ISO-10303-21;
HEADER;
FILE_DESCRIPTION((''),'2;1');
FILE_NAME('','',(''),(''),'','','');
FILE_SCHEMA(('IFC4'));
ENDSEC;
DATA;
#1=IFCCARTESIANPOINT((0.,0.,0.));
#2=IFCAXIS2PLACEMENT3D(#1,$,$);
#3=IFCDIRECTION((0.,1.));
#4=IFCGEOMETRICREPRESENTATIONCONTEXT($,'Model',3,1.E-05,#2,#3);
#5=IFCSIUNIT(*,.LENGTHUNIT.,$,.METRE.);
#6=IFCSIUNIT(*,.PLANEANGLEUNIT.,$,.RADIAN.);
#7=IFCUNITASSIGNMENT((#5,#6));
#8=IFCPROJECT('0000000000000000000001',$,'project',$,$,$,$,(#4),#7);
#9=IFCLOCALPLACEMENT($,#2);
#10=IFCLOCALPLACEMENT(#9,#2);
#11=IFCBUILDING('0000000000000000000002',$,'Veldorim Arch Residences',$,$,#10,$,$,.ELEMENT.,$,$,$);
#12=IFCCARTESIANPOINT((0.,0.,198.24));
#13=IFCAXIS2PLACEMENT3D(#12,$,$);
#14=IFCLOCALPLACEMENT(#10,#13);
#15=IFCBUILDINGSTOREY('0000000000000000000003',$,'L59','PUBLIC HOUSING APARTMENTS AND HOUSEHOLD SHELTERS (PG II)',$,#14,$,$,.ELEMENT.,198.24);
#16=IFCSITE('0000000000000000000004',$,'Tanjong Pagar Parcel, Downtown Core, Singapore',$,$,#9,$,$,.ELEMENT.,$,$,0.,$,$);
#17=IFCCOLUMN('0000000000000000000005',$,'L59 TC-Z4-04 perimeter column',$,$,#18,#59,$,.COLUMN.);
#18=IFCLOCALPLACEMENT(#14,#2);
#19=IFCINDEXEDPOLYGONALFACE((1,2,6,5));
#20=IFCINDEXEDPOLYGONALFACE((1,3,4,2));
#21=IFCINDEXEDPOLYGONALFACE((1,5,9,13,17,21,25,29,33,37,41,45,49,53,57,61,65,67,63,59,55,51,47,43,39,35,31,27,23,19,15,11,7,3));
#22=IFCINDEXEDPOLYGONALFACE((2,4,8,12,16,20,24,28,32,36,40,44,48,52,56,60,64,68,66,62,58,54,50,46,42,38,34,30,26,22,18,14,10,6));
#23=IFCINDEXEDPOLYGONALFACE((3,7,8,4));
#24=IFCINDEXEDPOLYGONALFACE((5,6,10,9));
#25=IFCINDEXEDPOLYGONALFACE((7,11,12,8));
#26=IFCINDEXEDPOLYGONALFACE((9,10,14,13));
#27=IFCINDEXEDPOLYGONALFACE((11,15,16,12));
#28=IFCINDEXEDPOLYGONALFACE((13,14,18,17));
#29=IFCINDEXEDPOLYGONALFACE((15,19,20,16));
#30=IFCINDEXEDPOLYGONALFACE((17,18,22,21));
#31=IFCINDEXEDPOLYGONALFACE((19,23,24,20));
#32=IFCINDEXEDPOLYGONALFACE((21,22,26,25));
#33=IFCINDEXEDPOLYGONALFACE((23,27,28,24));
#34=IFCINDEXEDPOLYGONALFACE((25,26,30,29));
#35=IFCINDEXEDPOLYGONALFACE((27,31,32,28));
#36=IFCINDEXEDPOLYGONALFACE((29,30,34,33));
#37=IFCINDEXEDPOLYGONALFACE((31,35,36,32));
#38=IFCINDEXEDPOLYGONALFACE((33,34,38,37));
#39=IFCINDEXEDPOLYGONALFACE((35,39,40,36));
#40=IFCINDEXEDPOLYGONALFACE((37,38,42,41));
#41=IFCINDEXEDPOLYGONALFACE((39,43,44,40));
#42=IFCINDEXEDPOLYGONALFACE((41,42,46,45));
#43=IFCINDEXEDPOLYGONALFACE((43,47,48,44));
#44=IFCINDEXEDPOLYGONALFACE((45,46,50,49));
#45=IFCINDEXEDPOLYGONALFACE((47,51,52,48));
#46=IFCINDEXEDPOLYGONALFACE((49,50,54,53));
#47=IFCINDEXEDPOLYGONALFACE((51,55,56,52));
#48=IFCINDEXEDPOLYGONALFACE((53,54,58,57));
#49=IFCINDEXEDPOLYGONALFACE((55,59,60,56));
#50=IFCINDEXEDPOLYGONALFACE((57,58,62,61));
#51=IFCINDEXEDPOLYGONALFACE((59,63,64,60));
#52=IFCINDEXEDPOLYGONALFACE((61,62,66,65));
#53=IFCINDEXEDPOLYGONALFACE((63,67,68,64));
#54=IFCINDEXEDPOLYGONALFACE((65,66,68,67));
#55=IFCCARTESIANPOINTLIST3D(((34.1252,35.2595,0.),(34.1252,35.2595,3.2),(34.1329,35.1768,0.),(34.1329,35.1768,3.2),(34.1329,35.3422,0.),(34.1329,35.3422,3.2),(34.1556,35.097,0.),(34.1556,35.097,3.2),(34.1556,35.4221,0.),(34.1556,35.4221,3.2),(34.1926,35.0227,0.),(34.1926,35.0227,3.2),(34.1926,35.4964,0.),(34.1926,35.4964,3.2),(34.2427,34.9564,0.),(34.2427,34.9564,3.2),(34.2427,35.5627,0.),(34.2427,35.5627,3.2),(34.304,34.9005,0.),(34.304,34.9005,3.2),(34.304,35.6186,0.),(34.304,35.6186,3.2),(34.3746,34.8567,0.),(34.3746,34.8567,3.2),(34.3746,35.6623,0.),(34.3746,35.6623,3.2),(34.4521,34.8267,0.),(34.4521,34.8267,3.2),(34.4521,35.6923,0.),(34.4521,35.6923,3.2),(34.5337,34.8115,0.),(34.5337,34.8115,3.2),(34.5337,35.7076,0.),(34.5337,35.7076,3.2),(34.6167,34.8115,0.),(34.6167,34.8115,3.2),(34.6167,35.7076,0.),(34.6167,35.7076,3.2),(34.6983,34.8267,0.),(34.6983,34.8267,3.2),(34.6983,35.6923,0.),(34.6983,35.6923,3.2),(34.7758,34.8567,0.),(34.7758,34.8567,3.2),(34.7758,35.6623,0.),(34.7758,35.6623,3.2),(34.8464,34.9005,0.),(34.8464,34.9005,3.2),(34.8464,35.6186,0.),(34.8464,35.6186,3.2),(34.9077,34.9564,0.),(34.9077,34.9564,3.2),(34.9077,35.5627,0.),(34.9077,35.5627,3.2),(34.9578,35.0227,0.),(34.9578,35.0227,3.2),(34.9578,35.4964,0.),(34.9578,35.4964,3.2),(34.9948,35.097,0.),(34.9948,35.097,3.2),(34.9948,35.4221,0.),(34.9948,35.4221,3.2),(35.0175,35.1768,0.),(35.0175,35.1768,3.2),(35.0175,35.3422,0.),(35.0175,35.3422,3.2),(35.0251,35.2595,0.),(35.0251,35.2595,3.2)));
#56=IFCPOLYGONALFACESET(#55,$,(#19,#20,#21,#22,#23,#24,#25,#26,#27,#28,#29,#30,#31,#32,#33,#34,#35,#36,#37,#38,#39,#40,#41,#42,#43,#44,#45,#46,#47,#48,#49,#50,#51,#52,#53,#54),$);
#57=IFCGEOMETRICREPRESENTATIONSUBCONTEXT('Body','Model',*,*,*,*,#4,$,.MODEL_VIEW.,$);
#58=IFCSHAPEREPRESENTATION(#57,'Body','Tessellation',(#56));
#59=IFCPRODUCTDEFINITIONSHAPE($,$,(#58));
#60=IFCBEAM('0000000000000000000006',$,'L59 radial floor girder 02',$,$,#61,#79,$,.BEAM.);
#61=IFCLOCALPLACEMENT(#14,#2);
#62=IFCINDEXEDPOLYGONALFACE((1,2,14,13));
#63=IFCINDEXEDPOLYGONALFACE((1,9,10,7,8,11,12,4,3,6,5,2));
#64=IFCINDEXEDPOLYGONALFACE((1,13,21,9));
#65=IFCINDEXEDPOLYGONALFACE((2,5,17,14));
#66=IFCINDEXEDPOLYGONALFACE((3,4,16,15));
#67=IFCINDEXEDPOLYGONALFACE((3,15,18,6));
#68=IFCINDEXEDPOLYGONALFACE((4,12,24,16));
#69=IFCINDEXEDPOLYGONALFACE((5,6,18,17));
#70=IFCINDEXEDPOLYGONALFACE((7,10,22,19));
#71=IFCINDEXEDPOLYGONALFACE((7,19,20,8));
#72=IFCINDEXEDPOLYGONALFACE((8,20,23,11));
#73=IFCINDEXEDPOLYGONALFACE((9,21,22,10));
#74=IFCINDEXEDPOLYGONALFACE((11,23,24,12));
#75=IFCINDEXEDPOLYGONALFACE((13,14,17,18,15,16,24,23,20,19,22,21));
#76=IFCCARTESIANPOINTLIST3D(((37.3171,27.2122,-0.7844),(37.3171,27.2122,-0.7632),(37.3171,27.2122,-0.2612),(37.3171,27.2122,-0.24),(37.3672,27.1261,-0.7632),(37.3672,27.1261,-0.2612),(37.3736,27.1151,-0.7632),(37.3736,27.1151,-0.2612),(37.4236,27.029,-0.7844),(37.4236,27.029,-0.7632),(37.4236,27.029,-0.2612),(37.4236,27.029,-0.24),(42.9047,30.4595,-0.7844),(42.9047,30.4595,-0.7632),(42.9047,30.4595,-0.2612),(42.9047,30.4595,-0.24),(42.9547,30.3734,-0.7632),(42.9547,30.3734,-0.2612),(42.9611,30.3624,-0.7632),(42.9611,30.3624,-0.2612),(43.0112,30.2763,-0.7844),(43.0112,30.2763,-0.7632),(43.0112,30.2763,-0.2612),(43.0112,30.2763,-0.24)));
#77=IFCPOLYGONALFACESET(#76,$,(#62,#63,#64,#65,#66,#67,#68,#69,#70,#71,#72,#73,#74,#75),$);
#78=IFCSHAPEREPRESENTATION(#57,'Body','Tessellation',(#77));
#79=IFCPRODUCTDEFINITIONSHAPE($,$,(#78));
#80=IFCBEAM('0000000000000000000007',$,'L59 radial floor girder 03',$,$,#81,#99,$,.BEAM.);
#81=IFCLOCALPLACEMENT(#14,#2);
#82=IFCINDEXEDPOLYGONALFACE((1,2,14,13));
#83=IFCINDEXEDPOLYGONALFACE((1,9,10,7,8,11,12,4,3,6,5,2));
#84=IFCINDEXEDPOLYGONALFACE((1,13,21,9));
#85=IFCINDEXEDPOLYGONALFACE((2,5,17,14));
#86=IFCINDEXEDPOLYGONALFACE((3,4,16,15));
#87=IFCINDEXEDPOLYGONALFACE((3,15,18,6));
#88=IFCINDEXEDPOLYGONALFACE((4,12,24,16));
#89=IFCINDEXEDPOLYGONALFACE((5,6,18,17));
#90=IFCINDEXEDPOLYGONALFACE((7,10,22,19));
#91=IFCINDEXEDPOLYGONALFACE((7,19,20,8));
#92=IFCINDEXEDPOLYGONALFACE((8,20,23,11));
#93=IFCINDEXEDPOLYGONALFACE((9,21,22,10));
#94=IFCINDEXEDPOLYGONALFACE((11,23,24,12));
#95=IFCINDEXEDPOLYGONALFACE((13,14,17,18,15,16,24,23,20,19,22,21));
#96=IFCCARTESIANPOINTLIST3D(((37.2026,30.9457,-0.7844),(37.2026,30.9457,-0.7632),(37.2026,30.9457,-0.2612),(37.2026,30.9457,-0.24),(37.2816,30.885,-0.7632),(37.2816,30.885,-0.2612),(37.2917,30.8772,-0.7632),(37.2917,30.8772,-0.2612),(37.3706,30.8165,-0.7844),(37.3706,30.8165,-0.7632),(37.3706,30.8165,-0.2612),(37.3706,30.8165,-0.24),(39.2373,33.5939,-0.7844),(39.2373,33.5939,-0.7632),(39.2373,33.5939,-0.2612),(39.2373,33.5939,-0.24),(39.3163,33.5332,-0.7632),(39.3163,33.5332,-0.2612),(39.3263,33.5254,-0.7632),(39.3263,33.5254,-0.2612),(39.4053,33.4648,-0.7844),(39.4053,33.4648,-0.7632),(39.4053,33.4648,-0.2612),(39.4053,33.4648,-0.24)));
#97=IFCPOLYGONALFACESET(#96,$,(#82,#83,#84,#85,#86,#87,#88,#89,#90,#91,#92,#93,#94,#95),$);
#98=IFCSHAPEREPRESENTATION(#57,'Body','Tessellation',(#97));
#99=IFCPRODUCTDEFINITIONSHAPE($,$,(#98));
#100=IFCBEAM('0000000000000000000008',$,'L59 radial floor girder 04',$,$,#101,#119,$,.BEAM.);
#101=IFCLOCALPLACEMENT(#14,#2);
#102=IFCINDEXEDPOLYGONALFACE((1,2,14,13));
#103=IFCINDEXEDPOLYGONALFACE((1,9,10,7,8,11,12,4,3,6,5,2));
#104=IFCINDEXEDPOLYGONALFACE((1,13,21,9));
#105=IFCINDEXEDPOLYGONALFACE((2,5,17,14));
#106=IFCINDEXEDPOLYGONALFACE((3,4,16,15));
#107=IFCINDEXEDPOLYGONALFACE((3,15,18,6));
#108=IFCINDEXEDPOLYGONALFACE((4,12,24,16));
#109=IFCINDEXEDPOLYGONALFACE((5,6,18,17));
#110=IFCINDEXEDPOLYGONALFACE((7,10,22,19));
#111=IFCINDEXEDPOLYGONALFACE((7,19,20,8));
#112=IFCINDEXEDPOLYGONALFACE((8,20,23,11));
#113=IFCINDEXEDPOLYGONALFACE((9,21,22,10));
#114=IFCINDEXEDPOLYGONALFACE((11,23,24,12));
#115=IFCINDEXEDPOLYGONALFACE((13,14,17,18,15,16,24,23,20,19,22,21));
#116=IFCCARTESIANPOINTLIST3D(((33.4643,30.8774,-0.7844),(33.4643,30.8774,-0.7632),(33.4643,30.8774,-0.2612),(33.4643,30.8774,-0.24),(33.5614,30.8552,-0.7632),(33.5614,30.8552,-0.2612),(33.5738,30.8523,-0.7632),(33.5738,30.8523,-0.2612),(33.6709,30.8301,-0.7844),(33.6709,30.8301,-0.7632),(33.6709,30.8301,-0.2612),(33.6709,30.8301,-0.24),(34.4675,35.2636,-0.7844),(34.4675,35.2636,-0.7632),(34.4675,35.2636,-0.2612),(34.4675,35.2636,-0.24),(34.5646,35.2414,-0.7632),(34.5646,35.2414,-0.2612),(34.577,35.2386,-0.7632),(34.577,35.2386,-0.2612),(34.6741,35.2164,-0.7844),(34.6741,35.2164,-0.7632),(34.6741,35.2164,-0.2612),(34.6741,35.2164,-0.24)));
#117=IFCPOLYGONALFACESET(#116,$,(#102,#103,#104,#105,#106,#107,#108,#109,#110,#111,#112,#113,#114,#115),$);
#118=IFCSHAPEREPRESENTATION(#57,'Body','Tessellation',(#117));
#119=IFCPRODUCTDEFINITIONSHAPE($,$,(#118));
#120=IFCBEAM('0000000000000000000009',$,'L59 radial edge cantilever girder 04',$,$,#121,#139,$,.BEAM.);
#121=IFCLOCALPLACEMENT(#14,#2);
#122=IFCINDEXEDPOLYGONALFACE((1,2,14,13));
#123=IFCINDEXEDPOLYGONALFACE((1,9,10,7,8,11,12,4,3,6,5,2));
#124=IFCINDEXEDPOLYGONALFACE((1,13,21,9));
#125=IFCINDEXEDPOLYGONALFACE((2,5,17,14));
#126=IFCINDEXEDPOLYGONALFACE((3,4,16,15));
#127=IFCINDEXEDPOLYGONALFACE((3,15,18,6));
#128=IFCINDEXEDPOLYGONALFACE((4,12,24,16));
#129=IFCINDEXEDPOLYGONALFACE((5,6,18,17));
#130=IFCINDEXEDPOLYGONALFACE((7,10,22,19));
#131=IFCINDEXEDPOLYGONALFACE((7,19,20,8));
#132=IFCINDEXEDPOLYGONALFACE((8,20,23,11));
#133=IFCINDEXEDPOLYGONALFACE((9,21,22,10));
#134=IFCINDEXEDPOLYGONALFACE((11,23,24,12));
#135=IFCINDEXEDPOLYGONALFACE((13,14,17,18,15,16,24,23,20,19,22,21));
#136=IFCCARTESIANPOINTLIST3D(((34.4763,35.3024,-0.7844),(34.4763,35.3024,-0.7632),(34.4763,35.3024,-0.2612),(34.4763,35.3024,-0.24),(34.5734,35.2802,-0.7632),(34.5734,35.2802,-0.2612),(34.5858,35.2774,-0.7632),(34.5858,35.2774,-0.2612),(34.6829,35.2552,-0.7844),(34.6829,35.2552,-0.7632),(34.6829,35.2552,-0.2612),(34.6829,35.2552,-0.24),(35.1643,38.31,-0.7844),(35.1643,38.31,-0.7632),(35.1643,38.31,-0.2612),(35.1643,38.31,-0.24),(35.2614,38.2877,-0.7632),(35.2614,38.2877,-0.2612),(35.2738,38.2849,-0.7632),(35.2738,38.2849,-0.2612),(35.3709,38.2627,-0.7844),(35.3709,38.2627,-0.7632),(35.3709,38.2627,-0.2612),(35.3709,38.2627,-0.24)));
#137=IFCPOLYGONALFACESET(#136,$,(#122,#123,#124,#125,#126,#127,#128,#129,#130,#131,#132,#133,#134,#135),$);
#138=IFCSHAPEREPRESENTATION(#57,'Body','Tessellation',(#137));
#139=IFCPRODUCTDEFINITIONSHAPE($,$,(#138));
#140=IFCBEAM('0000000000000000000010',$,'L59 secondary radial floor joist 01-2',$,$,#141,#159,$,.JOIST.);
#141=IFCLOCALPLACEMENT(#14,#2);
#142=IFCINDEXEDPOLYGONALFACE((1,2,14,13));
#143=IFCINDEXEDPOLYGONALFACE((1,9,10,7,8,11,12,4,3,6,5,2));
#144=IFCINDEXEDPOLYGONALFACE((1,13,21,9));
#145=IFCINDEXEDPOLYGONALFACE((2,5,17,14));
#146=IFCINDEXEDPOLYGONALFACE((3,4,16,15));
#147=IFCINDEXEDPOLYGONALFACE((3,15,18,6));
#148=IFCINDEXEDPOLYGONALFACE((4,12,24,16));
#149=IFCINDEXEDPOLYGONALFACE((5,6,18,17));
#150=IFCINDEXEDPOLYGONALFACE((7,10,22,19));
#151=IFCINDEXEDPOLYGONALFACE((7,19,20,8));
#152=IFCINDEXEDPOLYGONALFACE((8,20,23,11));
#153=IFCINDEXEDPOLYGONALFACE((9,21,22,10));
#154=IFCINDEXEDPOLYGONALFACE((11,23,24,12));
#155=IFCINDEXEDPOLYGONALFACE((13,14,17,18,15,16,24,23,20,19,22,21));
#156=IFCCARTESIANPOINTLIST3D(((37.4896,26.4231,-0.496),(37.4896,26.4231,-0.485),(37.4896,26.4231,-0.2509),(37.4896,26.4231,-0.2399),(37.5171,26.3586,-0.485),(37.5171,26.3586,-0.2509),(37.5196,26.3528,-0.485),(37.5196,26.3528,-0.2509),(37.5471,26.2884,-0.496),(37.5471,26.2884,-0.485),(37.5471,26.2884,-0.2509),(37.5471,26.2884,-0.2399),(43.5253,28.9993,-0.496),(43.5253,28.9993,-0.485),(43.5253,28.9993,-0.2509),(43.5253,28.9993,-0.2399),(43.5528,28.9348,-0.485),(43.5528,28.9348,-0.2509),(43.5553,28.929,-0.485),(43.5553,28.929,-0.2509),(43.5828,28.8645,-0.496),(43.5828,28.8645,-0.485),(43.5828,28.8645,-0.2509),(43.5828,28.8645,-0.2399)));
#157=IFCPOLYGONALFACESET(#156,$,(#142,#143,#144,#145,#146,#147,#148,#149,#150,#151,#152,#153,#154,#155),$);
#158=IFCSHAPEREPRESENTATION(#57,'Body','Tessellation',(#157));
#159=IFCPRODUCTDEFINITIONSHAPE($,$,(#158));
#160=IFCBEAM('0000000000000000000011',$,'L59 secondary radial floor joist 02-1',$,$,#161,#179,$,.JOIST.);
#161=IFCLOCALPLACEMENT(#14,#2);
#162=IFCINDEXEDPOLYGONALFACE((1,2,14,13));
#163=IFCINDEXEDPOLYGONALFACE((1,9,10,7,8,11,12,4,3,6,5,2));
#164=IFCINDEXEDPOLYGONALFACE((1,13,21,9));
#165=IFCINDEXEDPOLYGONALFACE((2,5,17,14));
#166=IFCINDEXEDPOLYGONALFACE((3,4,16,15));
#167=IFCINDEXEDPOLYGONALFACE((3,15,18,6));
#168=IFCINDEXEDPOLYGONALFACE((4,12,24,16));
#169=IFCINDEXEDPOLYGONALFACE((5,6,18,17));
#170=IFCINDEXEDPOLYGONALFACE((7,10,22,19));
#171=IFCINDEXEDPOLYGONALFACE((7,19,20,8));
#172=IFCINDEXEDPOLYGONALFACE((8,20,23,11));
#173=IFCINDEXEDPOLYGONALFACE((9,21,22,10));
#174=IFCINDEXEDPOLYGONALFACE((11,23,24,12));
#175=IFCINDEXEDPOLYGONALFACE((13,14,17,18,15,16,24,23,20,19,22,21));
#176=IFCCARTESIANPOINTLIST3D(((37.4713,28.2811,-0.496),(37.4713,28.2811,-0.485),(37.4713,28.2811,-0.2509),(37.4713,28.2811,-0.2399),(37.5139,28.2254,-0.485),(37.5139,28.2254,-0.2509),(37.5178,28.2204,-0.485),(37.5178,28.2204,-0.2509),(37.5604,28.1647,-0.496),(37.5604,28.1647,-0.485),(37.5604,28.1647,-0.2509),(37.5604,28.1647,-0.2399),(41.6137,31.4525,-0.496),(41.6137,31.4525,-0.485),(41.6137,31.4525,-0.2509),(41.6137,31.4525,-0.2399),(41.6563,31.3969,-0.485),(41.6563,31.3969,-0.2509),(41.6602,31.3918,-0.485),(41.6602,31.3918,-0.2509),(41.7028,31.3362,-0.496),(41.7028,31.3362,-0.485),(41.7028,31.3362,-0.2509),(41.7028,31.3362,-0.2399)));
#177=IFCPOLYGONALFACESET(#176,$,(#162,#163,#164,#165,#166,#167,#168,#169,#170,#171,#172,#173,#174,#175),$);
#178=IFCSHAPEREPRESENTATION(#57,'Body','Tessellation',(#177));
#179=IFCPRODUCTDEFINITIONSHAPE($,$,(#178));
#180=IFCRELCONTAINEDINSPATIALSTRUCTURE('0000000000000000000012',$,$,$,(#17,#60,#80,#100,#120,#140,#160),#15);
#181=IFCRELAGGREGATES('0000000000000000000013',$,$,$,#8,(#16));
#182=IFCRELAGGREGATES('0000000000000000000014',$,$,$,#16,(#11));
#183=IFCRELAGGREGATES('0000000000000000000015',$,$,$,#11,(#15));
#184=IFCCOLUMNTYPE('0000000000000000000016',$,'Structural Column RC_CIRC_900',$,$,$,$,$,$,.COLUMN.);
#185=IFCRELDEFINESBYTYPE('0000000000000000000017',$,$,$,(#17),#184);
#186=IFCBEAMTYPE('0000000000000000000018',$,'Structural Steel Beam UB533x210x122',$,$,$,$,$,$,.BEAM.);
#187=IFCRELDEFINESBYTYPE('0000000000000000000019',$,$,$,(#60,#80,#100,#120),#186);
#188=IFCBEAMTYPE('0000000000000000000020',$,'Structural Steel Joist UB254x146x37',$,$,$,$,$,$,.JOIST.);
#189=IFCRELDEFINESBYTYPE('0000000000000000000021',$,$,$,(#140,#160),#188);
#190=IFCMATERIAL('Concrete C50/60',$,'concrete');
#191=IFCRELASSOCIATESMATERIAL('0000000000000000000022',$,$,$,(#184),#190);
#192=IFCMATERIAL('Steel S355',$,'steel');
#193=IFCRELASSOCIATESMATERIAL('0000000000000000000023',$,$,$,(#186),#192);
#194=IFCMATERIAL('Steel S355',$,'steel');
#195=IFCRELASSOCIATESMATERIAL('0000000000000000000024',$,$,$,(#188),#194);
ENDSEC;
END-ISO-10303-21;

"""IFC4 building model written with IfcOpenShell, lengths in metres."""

from ifc_helpers import new_model, si_unit, direction, frame, origin, origin_2d, place, context, subcontext, project, spatial, circle, i_section, extrude, material, material_profile, profile_set, type_object, element, save


model = new_model("IFC4")

# Units and contexts
model_context = context("Model", 3, precision=1e-05, world=origin(), true_north=direction((0.0, 1.0)))
body_context = subcontext(model_context, "Body", "Model", "MODEL_VIEW")
ifc_project = project(units=[si_unit("LENGTHUNIT", "METRE"), si_unit("PLANEANGLEUNIT", "RADIAN")], contexts=[model_context])

# Site, building, storey
site_placement = place(None, origin())
site = spatial("IfcSite", under=ifc_project, at=site_placement, Name="Tanjong Pagar Parcel, Downtown Core, Singapore", CompositionType="ELEMENT", RefElevation=0.0)
building_placement = place(site_placement, origin())
building = spatial("IfcBuilding", under=site, at=building_placement, Name="Veldorim Arch Residences", CompositionType="ELEMENT")
storey_placement = place(building_placement, frame((0.0, 0.0, 198.24)))
storey = spatial("IfcBuildingStorey", under=building, at=storey_placement, Name="L59", Description="PUBLIC HOUSING APARTMENTS AND HOUSEHOLD SHELTERS (PG II)", CompositionType="ELEMENT", Elevation=198.24)

# Column
ifc_material_1 = material(Name="Concrete C50/60", Category="concrete")
ifc_material_profile_1 = material_profile(ifc_material_1, circle(Radius=0.45, at=origin_2d()), Name="RC_CIRC_900")
ifc_profile_set_1 = profile_set([ifc_material_profile_1], Name="Concrete C50/60")
column_type = type_object("IfcColumnType", Name="Structural Column RC_CIRC_900", PredefinedType="COLUMN", material=ifc_profile_set_1)
column_placement = place(storey_placement, frame((34.5752, 35.2595, 0.0), z_axis=(0.0, 0.0, 1.0), x_axis=(1.0, 0.0, 0.0)))
element("IfcColumn", 1, at=column_placement, inside=storey, type_object=column_type, Name="L59 TC-Z4-04 perimeter column", PredefinedType="COLUMN", context=body_context, shape_type="SweptSolid", body=[
    extrude(circle(Radius=0.45, at=origin_2d()), origin(), (0.0, 0.0, 1.0), 3.2),
])

# Beams
ifc_material_2 = material(Name="Steel S355", Category="steel")
ifc_material_profile_2 = material_profile(ifc_material_2, i_section(OverallWidth=0.2119, OverallDepth=0.5444, WebThickness=0.0127, FlangeThickness=0.0212, at=origin_2d()), Name="UB533x210x122")
ifc_profile_set_2 = profile_set([ifc_material_profile_2], Name="Steel S355")
beam_type_1 = type_object("IfcBeamType", Name="Structural Steel Beam UB533x210x122", PredefinedType="BEAM", material=ifc_profile_set_2)
beam_1_placement = place(storey_placement, frame((37.3704, 27.1206, -0.5122), z_axis=(0.864596, 0.502468, 0.0), x_axis=(-0.502468, 0.864596, 0.0)))
element("IfcBeam", 2, at=beam_1_placement, inside=storey, type_object=beam_type_1, Name="L59 radial floor girder 02", PredefinedType="BEAM", context=body_context, shape_type="SweptSolid", body=[
    extrude(i_section(OverallWidth=0.2119, OverallDepth=0.5444, WebThickness=0.0127, FlangeThickness=0.0212, at=origin_2d()), origin(), (0.0, 0.0, 1.0), 6.4626),
])
beam_2_placement = place(storey_placement, frame((37.2866, 30.8811, -0.5122), z_axis=(0.609258, 0.792972, 0.0), x_axis=(-0.792972, 0.609258, 0.0)))
element("IfcBeam", 3, at=beam_2_placement, inside=storey, type_object=beam_type_1, Name="L59 radial floor girder 03", PredefinedType="BEAM", context=body_context, shape_type="SweptSolid", body=[
    extrude(i_section(OverallWidth=0.2119, OverallDepth=0.5444, WebThickness=0.0127, FlangeThickness=0.0212, at=origin_2d()), origin(), (0.0, 0.0, 1.0), 3.3396),
])
beam_3_placement = place(storey_placement, frame((33.5676, 30.8538, -0.5122), z_axis=(0.222953, 0.974829, 0.0), x_axis=(-0.974829, 0.222953, 0.0)))
element("IfcBeam", 4, at=beam_3_placement, inside=storey, type_object=beam_type_1, Name="L59 radial floor girder 04", PredefinedType="BEAM", context=body_context, shape_type="SweptSolid", body=[
    extrude(i_section(OverallWidth=0.2119, OverallDepth=0.5444, WebThickness=0.0127, FlangeThickness=0.0212, at=origin_2d()), origin(), (0.0, 0.0, 1.0), 4.4995),
])
beam_4_placement = place(storey_placement, frame((34.5796, 35.2788, -0.5122), z_axis=(0.222992, 0.97482, 0.0), x_axis=(-0.97482, 0.222992, 0.0)))
element("IfcBeam", 5, at=beam_4_placement, inside=storey, type_object=beam_type_1, Name="L59 radial edge cantilever girder 04", PredefinedType="BEAM", context=body_context, shape_type="SweptSolid", body=[
    extrude(i_section(OverallWidth=0.2119, OverallDepth=0.5444, WebThickness=0.0127, FlangeThickness=0.0212, at=origin_2d()), origin(), (0.0, 0.0, 1.0), 3.0852),
])
ifc_material_3 = material(Name="Steel S355", Category="steel")
ifc_material_profile_3 = material_profile(ifc_material_3, i_section(OverallWidth=0.1465, OverallDepth=0.2561, WebThickness=0.0063, FlangeThickness=0.011, at=origin_2d()), Name="UB254x146x37")
ifc_profile_set_3 = profile_set([ifc_material_profile_3], Name="Steel S355")
beam_type_2 = type_object("IfcBeamType", Name="Structural Steel Joist UB254x146x37", PredefinedType="JOIST", material=ifc_profile_set_3)
beam_5_placement = place(storey_placement, frame((37.5183, 26.3557, -0.3679), z_axis=(0.919725, 0.392563, 0.0), x_axis=(-0.392563, 0.919725, 0.0)))
element("IfcBeam", 6, at=beam_5_placement, inside=storey, type_object=beam_type_2, Name="L59 secondary radial floor joist 01-2", PredefinedType="JOIST", context=body_context, shape_type="SweptSolid", body=[
    extrude(i_section(OverallWidth=0.1465, OverallDepth=0.2561, WebThickness=0.0063, FlangeThickness=0.011, at=origin_2d()), origin(), (0.0, 0.0, 1.0), 6.5625),
])
beam_6_placement = place(storey_placement, frame((37.5159, 28.2229, -0.3679), z_axis=(0.794014, 0.6079, 0.0), x_axis=(-0.6079, 0.794014, 0.0)))
element("IfcBeam", 7, at=beam_6_placement, inside=storey, type_object=beam_type_2, Name="L59 secondary radial floor joist 02-1", PredefinedType="JOIST", context=body_context, shape_type="SweptSolid", body=[
    extrude(i_section(OverallWidth=0.1465, OverallDepth=0.2561, WebThickness=0.0063, FlangeThickness=0.011, at=origin_2d()), origin(), (0.0, 0.0, 1.0), 5.217),
])

save(model, "model.ifc")
